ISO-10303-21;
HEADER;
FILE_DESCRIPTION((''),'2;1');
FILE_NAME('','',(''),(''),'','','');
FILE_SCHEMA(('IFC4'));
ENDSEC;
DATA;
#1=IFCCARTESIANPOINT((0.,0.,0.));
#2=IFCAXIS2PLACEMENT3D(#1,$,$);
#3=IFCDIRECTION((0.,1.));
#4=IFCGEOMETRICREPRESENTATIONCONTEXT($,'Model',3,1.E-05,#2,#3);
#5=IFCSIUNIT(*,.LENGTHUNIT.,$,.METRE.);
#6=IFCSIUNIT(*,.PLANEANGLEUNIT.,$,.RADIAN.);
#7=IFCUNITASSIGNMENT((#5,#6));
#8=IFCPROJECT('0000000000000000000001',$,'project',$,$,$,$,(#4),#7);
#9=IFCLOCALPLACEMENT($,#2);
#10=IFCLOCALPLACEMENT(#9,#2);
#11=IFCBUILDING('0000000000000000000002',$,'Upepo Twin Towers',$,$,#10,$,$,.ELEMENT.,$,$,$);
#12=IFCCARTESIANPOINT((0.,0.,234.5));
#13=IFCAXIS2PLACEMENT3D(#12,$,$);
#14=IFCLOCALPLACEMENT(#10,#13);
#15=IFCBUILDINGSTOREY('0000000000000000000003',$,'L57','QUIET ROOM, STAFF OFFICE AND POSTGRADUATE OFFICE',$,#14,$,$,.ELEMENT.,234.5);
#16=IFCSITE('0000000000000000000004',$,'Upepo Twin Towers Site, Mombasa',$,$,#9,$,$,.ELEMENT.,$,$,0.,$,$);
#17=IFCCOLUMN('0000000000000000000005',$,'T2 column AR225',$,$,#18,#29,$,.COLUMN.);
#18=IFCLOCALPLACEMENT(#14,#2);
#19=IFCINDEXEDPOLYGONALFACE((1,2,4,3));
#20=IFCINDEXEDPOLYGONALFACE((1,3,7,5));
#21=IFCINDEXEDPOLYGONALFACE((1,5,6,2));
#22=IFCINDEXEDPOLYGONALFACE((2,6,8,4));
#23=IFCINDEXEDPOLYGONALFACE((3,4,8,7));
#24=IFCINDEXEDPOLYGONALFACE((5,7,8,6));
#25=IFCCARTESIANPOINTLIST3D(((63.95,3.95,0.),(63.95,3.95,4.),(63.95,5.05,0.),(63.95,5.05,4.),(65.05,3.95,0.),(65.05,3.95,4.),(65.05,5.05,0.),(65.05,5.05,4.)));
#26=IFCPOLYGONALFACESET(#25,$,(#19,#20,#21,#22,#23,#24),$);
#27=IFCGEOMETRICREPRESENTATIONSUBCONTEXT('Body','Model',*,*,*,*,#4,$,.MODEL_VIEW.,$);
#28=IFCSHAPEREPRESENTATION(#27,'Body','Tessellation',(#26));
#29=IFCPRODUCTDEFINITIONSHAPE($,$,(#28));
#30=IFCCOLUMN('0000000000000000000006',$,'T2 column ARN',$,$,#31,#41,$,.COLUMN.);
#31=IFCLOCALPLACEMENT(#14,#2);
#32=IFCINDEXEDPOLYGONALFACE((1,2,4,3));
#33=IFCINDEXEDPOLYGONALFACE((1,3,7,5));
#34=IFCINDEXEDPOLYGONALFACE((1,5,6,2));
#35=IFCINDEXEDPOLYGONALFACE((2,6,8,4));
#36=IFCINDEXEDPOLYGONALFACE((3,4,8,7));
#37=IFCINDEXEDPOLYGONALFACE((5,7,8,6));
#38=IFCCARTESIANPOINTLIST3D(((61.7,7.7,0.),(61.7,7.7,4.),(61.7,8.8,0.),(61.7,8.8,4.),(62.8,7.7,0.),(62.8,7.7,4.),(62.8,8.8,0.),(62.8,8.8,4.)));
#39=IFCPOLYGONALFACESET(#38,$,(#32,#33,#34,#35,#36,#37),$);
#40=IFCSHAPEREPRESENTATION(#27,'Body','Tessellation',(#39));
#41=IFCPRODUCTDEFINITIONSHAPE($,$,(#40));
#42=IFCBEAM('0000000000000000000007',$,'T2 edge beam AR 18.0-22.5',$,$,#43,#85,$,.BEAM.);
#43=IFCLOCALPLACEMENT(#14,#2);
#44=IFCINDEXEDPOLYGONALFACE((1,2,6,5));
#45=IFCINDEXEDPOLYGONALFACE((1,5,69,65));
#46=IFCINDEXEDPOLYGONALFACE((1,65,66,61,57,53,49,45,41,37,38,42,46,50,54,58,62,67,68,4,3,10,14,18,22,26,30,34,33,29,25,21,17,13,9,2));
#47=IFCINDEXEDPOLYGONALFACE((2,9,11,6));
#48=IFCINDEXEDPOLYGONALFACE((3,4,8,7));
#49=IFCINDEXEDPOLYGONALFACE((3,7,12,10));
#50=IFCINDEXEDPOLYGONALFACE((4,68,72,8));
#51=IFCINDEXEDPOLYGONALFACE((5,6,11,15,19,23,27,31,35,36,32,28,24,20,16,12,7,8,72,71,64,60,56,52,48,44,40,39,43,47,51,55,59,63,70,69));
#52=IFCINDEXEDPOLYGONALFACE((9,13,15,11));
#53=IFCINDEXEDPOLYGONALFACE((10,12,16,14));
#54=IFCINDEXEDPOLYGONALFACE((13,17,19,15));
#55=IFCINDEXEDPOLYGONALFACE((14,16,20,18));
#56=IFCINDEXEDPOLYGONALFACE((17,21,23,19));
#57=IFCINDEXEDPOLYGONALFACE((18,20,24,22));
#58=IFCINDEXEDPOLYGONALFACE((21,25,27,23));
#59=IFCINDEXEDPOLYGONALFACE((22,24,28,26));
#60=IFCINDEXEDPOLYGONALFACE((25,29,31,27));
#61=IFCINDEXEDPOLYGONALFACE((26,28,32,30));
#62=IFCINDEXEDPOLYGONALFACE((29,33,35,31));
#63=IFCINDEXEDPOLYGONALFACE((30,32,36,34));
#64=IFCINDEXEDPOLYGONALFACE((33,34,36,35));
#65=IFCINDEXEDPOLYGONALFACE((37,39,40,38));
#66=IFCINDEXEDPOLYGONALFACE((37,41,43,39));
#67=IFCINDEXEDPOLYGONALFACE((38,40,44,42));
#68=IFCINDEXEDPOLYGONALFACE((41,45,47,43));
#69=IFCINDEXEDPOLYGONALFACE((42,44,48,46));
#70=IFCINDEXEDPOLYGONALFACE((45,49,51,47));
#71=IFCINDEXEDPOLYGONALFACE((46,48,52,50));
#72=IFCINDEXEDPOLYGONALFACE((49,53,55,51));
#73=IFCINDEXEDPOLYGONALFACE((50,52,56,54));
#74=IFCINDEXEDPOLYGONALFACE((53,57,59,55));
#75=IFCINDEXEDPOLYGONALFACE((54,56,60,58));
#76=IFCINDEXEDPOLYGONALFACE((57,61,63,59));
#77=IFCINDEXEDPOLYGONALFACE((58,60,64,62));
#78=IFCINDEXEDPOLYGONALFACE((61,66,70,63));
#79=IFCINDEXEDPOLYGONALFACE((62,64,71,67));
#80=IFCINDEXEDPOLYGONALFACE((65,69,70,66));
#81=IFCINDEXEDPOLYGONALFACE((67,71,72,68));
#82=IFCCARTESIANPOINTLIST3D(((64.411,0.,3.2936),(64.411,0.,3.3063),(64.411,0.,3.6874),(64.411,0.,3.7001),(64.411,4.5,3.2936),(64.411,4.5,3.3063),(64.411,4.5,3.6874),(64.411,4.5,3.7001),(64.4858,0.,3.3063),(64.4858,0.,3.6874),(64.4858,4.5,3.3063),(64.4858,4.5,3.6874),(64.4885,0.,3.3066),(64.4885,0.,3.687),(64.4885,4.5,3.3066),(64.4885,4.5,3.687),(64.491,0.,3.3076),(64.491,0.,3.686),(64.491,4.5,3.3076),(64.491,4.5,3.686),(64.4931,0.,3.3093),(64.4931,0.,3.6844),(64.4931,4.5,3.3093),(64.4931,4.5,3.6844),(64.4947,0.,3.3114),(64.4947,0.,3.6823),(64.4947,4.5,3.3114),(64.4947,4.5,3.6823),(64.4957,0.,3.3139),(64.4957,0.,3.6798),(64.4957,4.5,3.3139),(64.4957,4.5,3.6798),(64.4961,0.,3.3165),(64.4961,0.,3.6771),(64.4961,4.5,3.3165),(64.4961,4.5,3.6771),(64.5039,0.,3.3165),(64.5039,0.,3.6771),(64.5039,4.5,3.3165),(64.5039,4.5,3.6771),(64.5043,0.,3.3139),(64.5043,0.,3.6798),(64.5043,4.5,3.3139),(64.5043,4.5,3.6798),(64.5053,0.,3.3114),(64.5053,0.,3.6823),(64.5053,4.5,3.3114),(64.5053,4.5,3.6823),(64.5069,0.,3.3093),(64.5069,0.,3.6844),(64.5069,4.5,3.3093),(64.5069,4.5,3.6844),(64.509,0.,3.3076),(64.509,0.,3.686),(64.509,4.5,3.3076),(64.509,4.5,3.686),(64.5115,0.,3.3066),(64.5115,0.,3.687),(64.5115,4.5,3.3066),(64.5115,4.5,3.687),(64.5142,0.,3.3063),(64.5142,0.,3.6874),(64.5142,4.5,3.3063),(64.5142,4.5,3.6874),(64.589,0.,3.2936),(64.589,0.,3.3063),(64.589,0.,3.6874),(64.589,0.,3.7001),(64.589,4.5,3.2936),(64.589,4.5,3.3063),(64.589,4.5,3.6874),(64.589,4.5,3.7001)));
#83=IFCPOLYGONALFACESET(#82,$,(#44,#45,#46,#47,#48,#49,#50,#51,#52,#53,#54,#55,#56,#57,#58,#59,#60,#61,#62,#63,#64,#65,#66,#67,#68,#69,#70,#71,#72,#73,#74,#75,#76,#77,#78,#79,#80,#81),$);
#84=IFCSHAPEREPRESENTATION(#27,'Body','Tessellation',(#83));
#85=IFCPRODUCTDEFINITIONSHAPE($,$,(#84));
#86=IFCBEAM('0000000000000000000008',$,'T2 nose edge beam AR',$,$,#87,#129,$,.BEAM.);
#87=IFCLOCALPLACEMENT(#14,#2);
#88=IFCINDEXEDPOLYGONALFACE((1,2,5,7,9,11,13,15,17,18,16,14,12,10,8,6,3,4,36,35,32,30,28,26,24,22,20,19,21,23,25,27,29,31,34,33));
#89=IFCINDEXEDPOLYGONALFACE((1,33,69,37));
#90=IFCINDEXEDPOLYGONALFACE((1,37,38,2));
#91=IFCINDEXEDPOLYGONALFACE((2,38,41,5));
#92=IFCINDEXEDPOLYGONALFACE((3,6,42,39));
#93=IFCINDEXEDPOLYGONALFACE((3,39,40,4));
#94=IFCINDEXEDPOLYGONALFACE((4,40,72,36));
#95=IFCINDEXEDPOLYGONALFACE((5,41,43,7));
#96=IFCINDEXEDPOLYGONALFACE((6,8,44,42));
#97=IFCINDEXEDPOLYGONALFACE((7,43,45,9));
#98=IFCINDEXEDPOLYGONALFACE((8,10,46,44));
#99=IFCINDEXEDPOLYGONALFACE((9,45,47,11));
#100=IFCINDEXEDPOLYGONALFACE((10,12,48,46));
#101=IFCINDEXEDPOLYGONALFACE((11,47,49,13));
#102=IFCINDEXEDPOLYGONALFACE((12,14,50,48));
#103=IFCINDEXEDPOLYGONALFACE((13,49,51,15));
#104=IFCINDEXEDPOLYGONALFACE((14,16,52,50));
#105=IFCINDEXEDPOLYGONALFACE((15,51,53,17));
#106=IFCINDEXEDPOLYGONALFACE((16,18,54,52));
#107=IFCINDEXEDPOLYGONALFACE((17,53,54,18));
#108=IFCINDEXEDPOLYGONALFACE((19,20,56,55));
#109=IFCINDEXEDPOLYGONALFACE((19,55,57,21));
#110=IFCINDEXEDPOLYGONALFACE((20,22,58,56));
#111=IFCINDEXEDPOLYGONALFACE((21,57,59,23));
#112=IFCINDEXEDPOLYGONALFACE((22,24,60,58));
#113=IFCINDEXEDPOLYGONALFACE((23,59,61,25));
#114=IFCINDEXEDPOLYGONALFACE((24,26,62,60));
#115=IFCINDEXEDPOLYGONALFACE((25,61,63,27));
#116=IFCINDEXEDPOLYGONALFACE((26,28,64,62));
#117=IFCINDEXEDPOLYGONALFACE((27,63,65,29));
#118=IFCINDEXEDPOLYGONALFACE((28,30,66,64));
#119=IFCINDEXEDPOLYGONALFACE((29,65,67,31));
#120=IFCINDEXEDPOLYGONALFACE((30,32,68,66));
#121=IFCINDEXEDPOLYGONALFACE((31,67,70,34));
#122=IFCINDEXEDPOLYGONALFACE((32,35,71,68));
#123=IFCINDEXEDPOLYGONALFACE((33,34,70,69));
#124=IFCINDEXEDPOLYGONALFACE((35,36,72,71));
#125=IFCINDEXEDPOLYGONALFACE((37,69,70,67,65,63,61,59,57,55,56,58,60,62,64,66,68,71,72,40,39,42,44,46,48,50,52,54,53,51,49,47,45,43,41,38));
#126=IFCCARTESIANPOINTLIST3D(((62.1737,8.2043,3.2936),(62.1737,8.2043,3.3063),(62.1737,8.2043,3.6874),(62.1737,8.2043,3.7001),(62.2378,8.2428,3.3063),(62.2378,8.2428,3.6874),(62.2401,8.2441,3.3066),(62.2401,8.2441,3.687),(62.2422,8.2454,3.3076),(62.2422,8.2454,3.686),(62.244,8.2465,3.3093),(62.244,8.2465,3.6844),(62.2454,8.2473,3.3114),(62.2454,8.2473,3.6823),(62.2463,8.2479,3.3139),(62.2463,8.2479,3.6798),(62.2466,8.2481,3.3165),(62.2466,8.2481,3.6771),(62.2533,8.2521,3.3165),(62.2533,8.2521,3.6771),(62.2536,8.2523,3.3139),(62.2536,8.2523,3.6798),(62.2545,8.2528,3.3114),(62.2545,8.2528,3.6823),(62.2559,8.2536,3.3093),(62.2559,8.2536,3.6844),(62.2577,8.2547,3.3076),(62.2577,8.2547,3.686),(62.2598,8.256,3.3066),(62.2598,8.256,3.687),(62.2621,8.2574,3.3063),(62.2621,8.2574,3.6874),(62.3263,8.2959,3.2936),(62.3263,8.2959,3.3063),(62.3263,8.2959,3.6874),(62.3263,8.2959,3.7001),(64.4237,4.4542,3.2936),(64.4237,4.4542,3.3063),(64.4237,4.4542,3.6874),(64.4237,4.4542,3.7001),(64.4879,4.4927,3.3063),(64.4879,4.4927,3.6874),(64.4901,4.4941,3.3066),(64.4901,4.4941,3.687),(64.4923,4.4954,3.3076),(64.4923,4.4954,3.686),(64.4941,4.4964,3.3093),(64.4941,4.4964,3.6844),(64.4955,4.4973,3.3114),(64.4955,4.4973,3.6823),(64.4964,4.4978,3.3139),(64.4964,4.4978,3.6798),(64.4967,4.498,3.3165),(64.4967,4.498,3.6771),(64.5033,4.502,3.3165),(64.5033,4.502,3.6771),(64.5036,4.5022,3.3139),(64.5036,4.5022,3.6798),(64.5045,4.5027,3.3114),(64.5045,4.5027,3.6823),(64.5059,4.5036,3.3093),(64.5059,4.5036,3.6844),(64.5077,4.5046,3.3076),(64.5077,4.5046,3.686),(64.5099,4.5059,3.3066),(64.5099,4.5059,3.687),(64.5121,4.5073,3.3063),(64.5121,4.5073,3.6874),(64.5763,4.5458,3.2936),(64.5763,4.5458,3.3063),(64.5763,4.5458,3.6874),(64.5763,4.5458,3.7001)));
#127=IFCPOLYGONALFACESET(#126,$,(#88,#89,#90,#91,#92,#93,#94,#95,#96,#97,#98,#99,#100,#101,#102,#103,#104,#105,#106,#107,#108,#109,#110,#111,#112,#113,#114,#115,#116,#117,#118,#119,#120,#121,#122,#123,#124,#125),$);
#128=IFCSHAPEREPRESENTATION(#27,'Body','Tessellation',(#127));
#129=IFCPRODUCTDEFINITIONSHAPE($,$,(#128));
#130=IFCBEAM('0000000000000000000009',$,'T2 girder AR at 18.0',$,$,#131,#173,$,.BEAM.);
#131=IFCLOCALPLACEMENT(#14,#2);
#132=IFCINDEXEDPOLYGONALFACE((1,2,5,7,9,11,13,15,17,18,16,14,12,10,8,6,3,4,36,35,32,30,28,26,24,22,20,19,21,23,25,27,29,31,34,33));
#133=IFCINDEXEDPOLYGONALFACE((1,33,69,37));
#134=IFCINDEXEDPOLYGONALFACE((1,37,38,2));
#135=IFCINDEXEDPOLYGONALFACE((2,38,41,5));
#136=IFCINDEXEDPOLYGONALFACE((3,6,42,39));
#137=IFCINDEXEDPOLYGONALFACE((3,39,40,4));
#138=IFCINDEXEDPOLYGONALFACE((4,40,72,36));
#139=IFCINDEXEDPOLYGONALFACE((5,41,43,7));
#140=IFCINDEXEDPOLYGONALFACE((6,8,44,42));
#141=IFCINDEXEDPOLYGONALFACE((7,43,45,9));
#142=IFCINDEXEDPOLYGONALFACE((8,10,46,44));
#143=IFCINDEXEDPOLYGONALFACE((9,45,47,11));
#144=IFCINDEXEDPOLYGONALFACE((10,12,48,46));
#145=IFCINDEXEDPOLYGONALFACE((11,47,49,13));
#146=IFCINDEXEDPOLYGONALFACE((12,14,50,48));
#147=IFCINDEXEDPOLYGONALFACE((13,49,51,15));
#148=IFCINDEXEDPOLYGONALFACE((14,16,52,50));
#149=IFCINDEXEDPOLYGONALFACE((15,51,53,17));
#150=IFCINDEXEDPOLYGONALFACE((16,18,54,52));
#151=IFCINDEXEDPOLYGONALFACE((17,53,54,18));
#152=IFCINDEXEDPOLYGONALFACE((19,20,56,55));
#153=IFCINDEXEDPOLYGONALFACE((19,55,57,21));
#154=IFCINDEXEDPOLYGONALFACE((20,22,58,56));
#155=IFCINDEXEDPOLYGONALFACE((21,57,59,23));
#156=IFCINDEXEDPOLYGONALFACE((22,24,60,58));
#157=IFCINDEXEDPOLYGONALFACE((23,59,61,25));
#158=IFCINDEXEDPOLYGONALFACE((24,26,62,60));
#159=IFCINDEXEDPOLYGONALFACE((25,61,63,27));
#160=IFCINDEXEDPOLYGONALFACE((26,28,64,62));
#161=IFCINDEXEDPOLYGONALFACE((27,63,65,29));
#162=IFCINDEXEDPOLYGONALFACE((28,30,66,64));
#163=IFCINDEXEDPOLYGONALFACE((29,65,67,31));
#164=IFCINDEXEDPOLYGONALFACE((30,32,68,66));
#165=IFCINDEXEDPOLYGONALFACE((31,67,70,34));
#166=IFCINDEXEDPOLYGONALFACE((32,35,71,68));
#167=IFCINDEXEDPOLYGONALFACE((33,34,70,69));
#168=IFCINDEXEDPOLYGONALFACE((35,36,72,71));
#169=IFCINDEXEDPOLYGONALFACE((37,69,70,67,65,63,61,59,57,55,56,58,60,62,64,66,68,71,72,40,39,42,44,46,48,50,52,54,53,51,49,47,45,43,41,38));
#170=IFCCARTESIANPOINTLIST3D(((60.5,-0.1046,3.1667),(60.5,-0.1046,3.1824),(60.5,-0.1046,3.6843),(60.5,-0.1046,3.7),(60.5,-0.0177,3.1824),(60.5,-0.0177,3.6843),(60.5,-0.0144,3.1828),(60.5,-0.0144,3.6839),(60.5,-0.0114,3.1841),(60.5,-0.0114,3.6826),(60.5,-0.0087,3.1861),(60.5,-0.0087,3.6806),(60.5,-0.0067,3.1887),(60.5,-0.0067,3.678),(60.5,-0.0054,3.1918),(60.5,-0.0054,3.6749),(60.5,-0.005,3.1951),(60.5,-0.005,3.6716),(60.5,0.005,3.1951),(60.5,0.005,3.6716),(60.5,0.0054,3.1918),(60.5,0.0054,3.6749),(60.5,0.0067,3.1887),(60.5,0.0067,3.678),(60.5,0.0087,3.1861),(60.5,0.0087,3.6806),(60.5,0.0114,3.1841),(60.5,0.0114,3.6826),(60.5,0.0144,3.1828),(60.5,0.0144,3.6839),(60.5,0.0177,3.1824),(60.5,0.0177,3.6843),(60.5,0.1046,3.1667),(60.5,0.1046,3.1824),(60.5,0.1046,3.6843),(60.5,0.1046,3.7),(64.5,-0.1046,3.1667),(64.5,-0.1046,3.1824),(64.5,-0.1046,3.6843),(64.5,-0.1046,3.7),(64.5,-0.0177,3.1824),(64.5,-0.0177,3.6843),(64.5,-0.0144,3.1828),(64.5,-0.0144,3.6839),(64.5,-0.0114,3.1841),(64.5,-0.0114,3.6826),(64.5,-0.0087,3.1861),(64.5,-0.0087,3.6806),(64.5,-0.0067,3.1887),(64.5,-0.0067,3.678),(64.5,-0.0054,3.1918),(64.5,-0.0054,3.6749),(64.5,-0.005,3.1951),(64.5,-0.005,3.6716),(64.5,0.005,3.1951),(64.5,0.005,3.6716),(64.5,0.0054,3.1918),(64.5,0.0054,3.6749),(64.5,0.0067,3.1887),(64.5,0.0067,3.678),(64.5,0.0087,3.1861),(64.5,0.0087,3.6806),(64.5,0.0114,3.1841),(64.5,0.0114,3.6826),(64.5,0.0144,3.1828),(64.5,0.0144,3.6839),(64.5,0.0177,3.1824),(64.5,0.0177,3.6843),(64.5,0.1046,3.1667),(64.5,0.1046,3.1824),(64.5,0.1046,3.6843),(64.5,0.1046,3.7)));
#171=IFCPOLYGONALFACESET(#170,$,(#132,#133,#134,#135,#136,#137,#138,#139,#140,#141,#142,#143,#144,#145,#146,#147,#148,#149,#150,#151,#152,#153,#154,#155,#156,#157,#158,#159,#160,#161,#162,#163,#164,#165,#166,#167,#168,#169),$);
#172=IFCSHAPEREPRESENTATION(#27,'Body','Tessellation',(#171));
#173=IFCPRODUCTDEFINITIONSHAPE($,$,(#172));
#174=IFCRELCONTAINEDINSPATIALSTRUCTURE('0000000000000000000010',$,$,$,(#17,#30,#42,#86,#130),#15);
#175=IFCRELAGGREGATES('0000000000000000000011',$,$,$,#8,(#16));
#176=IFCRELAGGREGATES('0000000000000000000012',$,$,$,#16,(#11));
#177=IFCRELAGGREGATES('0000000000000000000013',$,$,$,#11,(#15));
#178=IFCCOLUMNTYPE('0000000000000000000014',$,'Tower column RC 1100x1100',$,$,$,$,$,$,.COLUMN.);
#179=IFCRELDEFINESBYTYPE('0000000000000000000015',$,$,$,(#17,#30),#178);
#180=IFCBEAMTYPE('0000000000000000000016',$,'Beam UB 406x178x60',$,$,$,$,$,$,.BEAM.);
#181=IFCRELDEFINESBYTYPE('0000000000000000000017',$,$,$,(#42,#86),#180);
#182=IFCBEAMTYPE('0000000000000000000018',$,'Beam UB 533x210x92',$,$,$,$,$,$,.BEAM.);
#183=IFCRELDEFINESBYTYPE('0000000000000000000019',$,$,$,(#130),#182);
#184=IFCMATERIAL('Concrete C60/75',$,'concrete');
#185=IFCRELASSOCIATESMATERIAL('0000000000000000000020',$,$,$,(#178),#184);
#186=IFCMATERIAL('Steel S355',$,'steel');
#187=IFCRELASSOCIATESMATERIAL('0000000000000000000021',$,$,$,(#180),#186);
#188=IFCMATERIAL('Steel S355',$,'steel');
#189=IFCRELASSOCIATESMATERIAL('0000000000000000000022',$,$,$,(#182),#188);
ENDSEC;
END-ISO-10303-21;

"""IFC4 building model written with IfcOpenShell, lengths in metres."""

from ifc_helpers import new_model, si_unit, direction, frame, origin, origin_2d, place, context, subcontext, project, spatial, rectangle, i_section, extrude, material, material_profile, profile_set, type_object, element, save


model = new_model("IFC4")

# Units and contexts
model_context = context("Model", 3, precision=1e-05, world=origin(), true_north=direction((0.0, 1.0)))
body_context = subcontext(model_context, "Body", "Model", "MODEL_VIEW")
ifc_project = project(units=[si_unit("LENGTHUNIT", "METRE"), si_unit("PLANEANGLEUNIT", "RADIAN")], contexts=[model_context])

# Site, building, storey
site_placement = place(None, origin())
site = spatial("IfcSite", under=ifc_project, at=site_placement, Name="Upepo Twin Towers Site, Mombasa", CompositionType="ELEMENT", RefElevation=0.0)
building_placement = place(site_placement, origin())
building = spatial("IfcBuilding", under=site, at=building_placement, Name="Upepo Twin Towers", CompositionType="ELEMENT")
storey_placement = place(building_placement, frame((0.0, 0.0, 234.5)))
storey = spatial("IfcBuildingStorey", under=building, at=storey_placement, Name="L57", Description="QUIET ROOM, STAFF OFFICE AND POSTGRADUATE OFFICE", CompositionType="ELEMENT", Elevation=234.5)

# Columns
ifc_material_1 = material(Name="Concrete C60/75", Category="concrete")
ifc_material_profile_1 = material_profile(ifc_material_1, rectangle(XDim=1.1001, YDim=1.1001, at=origin_2d()), Name="RC 1100x1100")
ifc_profile_set_1 = profile_set([ifc_material_profile_1], Name="Concrete C60/75")
column_type = type_object("IfcColumnType", Name="Tower column RC 1100x1100", PredefinedType="COLUMN", material=ifc_profile_set_1)
for number, where, z_axis, x_axis, name in (
    (1, (64.5, 4.5, 0.0), (0.0, 0.0, 1.0), (1.0, 0.0, 0.0), "T2 column AR225"),
    (2, (62.25, 8.25, 0.0), (0.0, 0.0, 1.0), (1.0, 0.0, 0.0), "T2 column ARN"),
):
    element("IfcColumn", number, at=place(storey_placement, frame(where, z_axis=z_axis, x_axis=x_axis)), inside=storey, type_object=column_type, Name=name, PredefinedType="COLUMN", context=body_context, shape_type="SweptSolid", body=[
        extrude(rectangle(XDim=1.1001, YDim=1.1001, at=origin_2d()), origin(), (0.0, 0.0, 1.0), 4.0),
    ])

# Beams
ifc_material_2 = material(Name="Steel S355", Category="steel")
ifc_material_profile_2 = material_profile(ifc_material_2, i_section(OverallWidth=0.178, OverallDepth=0.4065, WebThickness=0.0078, FlangeThickness=0.0127, FilletRadius=0.0103, at=origin_2d()), Name="UB 406x178x60")
ifc_profile_set_2 = profile_set([ifc_material_profile_2], Name="Steel S355")
beam_type_1 = type_object("IfcBeamType", Name="Beam UB 406x178x60", PredefinedType="BEAM", material=ifc_profile_set_2)
beam_1_placement = place(storey_placement, frame((64.5, 0.0, 3.4968), z_axis=(0.0, 1.0, 0.0), x_axis=(-1.0, 0.0, 0.0)))
element("IfcBeam", 3, at=beam_1_placement, inside=storey, type_object=beam_type_1, Name="T2 edge beam AR 18.0-22.5", PredefinedType="BEAM", context=body_context, shape_type="SweptSolid", body=[
    extrude(i_section(OverallWidth=0.178, OverallDepth=0.4065, WebThickness=0.0078, FlangeThickness=0.0127, FilletRadius=0.0103, at=origin_2d()), origin(), (0.0, 0.0, 1.0), 4.5),
])
beam_2_placement = place(storey_placement, frame((64.5, 4.5, 3.4968), z_axis=(-0.514496, 0.857493, 0.0), x_axis=(-0.857493, -0.514496, 0.0)))
element("IfcBeam", 4, at=beam_2_placement, inside=storey, type_object=beam_type_1, Name="T2 nose edge beam AR", PredefinedType="BEAM", context=body_context, shape_type="SweptSolid", body=[
    extrude(i_section(OverallWidth=0.178, OverallDepth=0.4065, WebThickness=0.0078, FlangeThickness=0.0127, FilletRadius=0.0103, at=origin_2d()), origin(), (0.0, 0.0, 1.0), 4.3733),
])
ifc_material_3 = material(Name="Steel S355", Category="steel")
ifc_material_profile_3 = material_profile(ifc_material_3, i_section(OverallWidth=0.2092, OverallDepth=0.5332, WebThickness=0.01, FlangeThickness=0.0156, FilletRadius=0.0127, at=origin_2d()), Name="UB 533x210x92")
ifc_profile_set_3 = profile_set([ifc_material_profile_3], Name="Steel S355")
beam_type_2 = type_object("IfcBeamType", Name="Beam UB 533x210x92", PredefinedType="BEAM", material=ifc_profile_set_3)
for number, where, z_axis, x_axis, name in (
    (5, (64.5, 0.0, 3.4333), (-1.0, 0.0, 0.0), (0.0, -1.0, 0.0), "T2 girder AR at 18.0"),
):
    element("IfcBeam", number, at=place(storey_placement, frame(where, z_axis=z_axis, x_axis=x_axis)), inside=storey, type_object=beam_type_2, Name=name, PredefinedType="BEAM", context=body_context, shape_type="SweptSolid", body=[
        extrude(i_section(OverallWidth=0.2092, OverallDepth=0.5332, WebThickness=0.01, FlangeThickness=0.0156, FilletRadius=0.0127, at=origin_2d()), origin(), (0.0, 0.0, 1.0), 4.0),
    ])

save(model, "model.ifc")
